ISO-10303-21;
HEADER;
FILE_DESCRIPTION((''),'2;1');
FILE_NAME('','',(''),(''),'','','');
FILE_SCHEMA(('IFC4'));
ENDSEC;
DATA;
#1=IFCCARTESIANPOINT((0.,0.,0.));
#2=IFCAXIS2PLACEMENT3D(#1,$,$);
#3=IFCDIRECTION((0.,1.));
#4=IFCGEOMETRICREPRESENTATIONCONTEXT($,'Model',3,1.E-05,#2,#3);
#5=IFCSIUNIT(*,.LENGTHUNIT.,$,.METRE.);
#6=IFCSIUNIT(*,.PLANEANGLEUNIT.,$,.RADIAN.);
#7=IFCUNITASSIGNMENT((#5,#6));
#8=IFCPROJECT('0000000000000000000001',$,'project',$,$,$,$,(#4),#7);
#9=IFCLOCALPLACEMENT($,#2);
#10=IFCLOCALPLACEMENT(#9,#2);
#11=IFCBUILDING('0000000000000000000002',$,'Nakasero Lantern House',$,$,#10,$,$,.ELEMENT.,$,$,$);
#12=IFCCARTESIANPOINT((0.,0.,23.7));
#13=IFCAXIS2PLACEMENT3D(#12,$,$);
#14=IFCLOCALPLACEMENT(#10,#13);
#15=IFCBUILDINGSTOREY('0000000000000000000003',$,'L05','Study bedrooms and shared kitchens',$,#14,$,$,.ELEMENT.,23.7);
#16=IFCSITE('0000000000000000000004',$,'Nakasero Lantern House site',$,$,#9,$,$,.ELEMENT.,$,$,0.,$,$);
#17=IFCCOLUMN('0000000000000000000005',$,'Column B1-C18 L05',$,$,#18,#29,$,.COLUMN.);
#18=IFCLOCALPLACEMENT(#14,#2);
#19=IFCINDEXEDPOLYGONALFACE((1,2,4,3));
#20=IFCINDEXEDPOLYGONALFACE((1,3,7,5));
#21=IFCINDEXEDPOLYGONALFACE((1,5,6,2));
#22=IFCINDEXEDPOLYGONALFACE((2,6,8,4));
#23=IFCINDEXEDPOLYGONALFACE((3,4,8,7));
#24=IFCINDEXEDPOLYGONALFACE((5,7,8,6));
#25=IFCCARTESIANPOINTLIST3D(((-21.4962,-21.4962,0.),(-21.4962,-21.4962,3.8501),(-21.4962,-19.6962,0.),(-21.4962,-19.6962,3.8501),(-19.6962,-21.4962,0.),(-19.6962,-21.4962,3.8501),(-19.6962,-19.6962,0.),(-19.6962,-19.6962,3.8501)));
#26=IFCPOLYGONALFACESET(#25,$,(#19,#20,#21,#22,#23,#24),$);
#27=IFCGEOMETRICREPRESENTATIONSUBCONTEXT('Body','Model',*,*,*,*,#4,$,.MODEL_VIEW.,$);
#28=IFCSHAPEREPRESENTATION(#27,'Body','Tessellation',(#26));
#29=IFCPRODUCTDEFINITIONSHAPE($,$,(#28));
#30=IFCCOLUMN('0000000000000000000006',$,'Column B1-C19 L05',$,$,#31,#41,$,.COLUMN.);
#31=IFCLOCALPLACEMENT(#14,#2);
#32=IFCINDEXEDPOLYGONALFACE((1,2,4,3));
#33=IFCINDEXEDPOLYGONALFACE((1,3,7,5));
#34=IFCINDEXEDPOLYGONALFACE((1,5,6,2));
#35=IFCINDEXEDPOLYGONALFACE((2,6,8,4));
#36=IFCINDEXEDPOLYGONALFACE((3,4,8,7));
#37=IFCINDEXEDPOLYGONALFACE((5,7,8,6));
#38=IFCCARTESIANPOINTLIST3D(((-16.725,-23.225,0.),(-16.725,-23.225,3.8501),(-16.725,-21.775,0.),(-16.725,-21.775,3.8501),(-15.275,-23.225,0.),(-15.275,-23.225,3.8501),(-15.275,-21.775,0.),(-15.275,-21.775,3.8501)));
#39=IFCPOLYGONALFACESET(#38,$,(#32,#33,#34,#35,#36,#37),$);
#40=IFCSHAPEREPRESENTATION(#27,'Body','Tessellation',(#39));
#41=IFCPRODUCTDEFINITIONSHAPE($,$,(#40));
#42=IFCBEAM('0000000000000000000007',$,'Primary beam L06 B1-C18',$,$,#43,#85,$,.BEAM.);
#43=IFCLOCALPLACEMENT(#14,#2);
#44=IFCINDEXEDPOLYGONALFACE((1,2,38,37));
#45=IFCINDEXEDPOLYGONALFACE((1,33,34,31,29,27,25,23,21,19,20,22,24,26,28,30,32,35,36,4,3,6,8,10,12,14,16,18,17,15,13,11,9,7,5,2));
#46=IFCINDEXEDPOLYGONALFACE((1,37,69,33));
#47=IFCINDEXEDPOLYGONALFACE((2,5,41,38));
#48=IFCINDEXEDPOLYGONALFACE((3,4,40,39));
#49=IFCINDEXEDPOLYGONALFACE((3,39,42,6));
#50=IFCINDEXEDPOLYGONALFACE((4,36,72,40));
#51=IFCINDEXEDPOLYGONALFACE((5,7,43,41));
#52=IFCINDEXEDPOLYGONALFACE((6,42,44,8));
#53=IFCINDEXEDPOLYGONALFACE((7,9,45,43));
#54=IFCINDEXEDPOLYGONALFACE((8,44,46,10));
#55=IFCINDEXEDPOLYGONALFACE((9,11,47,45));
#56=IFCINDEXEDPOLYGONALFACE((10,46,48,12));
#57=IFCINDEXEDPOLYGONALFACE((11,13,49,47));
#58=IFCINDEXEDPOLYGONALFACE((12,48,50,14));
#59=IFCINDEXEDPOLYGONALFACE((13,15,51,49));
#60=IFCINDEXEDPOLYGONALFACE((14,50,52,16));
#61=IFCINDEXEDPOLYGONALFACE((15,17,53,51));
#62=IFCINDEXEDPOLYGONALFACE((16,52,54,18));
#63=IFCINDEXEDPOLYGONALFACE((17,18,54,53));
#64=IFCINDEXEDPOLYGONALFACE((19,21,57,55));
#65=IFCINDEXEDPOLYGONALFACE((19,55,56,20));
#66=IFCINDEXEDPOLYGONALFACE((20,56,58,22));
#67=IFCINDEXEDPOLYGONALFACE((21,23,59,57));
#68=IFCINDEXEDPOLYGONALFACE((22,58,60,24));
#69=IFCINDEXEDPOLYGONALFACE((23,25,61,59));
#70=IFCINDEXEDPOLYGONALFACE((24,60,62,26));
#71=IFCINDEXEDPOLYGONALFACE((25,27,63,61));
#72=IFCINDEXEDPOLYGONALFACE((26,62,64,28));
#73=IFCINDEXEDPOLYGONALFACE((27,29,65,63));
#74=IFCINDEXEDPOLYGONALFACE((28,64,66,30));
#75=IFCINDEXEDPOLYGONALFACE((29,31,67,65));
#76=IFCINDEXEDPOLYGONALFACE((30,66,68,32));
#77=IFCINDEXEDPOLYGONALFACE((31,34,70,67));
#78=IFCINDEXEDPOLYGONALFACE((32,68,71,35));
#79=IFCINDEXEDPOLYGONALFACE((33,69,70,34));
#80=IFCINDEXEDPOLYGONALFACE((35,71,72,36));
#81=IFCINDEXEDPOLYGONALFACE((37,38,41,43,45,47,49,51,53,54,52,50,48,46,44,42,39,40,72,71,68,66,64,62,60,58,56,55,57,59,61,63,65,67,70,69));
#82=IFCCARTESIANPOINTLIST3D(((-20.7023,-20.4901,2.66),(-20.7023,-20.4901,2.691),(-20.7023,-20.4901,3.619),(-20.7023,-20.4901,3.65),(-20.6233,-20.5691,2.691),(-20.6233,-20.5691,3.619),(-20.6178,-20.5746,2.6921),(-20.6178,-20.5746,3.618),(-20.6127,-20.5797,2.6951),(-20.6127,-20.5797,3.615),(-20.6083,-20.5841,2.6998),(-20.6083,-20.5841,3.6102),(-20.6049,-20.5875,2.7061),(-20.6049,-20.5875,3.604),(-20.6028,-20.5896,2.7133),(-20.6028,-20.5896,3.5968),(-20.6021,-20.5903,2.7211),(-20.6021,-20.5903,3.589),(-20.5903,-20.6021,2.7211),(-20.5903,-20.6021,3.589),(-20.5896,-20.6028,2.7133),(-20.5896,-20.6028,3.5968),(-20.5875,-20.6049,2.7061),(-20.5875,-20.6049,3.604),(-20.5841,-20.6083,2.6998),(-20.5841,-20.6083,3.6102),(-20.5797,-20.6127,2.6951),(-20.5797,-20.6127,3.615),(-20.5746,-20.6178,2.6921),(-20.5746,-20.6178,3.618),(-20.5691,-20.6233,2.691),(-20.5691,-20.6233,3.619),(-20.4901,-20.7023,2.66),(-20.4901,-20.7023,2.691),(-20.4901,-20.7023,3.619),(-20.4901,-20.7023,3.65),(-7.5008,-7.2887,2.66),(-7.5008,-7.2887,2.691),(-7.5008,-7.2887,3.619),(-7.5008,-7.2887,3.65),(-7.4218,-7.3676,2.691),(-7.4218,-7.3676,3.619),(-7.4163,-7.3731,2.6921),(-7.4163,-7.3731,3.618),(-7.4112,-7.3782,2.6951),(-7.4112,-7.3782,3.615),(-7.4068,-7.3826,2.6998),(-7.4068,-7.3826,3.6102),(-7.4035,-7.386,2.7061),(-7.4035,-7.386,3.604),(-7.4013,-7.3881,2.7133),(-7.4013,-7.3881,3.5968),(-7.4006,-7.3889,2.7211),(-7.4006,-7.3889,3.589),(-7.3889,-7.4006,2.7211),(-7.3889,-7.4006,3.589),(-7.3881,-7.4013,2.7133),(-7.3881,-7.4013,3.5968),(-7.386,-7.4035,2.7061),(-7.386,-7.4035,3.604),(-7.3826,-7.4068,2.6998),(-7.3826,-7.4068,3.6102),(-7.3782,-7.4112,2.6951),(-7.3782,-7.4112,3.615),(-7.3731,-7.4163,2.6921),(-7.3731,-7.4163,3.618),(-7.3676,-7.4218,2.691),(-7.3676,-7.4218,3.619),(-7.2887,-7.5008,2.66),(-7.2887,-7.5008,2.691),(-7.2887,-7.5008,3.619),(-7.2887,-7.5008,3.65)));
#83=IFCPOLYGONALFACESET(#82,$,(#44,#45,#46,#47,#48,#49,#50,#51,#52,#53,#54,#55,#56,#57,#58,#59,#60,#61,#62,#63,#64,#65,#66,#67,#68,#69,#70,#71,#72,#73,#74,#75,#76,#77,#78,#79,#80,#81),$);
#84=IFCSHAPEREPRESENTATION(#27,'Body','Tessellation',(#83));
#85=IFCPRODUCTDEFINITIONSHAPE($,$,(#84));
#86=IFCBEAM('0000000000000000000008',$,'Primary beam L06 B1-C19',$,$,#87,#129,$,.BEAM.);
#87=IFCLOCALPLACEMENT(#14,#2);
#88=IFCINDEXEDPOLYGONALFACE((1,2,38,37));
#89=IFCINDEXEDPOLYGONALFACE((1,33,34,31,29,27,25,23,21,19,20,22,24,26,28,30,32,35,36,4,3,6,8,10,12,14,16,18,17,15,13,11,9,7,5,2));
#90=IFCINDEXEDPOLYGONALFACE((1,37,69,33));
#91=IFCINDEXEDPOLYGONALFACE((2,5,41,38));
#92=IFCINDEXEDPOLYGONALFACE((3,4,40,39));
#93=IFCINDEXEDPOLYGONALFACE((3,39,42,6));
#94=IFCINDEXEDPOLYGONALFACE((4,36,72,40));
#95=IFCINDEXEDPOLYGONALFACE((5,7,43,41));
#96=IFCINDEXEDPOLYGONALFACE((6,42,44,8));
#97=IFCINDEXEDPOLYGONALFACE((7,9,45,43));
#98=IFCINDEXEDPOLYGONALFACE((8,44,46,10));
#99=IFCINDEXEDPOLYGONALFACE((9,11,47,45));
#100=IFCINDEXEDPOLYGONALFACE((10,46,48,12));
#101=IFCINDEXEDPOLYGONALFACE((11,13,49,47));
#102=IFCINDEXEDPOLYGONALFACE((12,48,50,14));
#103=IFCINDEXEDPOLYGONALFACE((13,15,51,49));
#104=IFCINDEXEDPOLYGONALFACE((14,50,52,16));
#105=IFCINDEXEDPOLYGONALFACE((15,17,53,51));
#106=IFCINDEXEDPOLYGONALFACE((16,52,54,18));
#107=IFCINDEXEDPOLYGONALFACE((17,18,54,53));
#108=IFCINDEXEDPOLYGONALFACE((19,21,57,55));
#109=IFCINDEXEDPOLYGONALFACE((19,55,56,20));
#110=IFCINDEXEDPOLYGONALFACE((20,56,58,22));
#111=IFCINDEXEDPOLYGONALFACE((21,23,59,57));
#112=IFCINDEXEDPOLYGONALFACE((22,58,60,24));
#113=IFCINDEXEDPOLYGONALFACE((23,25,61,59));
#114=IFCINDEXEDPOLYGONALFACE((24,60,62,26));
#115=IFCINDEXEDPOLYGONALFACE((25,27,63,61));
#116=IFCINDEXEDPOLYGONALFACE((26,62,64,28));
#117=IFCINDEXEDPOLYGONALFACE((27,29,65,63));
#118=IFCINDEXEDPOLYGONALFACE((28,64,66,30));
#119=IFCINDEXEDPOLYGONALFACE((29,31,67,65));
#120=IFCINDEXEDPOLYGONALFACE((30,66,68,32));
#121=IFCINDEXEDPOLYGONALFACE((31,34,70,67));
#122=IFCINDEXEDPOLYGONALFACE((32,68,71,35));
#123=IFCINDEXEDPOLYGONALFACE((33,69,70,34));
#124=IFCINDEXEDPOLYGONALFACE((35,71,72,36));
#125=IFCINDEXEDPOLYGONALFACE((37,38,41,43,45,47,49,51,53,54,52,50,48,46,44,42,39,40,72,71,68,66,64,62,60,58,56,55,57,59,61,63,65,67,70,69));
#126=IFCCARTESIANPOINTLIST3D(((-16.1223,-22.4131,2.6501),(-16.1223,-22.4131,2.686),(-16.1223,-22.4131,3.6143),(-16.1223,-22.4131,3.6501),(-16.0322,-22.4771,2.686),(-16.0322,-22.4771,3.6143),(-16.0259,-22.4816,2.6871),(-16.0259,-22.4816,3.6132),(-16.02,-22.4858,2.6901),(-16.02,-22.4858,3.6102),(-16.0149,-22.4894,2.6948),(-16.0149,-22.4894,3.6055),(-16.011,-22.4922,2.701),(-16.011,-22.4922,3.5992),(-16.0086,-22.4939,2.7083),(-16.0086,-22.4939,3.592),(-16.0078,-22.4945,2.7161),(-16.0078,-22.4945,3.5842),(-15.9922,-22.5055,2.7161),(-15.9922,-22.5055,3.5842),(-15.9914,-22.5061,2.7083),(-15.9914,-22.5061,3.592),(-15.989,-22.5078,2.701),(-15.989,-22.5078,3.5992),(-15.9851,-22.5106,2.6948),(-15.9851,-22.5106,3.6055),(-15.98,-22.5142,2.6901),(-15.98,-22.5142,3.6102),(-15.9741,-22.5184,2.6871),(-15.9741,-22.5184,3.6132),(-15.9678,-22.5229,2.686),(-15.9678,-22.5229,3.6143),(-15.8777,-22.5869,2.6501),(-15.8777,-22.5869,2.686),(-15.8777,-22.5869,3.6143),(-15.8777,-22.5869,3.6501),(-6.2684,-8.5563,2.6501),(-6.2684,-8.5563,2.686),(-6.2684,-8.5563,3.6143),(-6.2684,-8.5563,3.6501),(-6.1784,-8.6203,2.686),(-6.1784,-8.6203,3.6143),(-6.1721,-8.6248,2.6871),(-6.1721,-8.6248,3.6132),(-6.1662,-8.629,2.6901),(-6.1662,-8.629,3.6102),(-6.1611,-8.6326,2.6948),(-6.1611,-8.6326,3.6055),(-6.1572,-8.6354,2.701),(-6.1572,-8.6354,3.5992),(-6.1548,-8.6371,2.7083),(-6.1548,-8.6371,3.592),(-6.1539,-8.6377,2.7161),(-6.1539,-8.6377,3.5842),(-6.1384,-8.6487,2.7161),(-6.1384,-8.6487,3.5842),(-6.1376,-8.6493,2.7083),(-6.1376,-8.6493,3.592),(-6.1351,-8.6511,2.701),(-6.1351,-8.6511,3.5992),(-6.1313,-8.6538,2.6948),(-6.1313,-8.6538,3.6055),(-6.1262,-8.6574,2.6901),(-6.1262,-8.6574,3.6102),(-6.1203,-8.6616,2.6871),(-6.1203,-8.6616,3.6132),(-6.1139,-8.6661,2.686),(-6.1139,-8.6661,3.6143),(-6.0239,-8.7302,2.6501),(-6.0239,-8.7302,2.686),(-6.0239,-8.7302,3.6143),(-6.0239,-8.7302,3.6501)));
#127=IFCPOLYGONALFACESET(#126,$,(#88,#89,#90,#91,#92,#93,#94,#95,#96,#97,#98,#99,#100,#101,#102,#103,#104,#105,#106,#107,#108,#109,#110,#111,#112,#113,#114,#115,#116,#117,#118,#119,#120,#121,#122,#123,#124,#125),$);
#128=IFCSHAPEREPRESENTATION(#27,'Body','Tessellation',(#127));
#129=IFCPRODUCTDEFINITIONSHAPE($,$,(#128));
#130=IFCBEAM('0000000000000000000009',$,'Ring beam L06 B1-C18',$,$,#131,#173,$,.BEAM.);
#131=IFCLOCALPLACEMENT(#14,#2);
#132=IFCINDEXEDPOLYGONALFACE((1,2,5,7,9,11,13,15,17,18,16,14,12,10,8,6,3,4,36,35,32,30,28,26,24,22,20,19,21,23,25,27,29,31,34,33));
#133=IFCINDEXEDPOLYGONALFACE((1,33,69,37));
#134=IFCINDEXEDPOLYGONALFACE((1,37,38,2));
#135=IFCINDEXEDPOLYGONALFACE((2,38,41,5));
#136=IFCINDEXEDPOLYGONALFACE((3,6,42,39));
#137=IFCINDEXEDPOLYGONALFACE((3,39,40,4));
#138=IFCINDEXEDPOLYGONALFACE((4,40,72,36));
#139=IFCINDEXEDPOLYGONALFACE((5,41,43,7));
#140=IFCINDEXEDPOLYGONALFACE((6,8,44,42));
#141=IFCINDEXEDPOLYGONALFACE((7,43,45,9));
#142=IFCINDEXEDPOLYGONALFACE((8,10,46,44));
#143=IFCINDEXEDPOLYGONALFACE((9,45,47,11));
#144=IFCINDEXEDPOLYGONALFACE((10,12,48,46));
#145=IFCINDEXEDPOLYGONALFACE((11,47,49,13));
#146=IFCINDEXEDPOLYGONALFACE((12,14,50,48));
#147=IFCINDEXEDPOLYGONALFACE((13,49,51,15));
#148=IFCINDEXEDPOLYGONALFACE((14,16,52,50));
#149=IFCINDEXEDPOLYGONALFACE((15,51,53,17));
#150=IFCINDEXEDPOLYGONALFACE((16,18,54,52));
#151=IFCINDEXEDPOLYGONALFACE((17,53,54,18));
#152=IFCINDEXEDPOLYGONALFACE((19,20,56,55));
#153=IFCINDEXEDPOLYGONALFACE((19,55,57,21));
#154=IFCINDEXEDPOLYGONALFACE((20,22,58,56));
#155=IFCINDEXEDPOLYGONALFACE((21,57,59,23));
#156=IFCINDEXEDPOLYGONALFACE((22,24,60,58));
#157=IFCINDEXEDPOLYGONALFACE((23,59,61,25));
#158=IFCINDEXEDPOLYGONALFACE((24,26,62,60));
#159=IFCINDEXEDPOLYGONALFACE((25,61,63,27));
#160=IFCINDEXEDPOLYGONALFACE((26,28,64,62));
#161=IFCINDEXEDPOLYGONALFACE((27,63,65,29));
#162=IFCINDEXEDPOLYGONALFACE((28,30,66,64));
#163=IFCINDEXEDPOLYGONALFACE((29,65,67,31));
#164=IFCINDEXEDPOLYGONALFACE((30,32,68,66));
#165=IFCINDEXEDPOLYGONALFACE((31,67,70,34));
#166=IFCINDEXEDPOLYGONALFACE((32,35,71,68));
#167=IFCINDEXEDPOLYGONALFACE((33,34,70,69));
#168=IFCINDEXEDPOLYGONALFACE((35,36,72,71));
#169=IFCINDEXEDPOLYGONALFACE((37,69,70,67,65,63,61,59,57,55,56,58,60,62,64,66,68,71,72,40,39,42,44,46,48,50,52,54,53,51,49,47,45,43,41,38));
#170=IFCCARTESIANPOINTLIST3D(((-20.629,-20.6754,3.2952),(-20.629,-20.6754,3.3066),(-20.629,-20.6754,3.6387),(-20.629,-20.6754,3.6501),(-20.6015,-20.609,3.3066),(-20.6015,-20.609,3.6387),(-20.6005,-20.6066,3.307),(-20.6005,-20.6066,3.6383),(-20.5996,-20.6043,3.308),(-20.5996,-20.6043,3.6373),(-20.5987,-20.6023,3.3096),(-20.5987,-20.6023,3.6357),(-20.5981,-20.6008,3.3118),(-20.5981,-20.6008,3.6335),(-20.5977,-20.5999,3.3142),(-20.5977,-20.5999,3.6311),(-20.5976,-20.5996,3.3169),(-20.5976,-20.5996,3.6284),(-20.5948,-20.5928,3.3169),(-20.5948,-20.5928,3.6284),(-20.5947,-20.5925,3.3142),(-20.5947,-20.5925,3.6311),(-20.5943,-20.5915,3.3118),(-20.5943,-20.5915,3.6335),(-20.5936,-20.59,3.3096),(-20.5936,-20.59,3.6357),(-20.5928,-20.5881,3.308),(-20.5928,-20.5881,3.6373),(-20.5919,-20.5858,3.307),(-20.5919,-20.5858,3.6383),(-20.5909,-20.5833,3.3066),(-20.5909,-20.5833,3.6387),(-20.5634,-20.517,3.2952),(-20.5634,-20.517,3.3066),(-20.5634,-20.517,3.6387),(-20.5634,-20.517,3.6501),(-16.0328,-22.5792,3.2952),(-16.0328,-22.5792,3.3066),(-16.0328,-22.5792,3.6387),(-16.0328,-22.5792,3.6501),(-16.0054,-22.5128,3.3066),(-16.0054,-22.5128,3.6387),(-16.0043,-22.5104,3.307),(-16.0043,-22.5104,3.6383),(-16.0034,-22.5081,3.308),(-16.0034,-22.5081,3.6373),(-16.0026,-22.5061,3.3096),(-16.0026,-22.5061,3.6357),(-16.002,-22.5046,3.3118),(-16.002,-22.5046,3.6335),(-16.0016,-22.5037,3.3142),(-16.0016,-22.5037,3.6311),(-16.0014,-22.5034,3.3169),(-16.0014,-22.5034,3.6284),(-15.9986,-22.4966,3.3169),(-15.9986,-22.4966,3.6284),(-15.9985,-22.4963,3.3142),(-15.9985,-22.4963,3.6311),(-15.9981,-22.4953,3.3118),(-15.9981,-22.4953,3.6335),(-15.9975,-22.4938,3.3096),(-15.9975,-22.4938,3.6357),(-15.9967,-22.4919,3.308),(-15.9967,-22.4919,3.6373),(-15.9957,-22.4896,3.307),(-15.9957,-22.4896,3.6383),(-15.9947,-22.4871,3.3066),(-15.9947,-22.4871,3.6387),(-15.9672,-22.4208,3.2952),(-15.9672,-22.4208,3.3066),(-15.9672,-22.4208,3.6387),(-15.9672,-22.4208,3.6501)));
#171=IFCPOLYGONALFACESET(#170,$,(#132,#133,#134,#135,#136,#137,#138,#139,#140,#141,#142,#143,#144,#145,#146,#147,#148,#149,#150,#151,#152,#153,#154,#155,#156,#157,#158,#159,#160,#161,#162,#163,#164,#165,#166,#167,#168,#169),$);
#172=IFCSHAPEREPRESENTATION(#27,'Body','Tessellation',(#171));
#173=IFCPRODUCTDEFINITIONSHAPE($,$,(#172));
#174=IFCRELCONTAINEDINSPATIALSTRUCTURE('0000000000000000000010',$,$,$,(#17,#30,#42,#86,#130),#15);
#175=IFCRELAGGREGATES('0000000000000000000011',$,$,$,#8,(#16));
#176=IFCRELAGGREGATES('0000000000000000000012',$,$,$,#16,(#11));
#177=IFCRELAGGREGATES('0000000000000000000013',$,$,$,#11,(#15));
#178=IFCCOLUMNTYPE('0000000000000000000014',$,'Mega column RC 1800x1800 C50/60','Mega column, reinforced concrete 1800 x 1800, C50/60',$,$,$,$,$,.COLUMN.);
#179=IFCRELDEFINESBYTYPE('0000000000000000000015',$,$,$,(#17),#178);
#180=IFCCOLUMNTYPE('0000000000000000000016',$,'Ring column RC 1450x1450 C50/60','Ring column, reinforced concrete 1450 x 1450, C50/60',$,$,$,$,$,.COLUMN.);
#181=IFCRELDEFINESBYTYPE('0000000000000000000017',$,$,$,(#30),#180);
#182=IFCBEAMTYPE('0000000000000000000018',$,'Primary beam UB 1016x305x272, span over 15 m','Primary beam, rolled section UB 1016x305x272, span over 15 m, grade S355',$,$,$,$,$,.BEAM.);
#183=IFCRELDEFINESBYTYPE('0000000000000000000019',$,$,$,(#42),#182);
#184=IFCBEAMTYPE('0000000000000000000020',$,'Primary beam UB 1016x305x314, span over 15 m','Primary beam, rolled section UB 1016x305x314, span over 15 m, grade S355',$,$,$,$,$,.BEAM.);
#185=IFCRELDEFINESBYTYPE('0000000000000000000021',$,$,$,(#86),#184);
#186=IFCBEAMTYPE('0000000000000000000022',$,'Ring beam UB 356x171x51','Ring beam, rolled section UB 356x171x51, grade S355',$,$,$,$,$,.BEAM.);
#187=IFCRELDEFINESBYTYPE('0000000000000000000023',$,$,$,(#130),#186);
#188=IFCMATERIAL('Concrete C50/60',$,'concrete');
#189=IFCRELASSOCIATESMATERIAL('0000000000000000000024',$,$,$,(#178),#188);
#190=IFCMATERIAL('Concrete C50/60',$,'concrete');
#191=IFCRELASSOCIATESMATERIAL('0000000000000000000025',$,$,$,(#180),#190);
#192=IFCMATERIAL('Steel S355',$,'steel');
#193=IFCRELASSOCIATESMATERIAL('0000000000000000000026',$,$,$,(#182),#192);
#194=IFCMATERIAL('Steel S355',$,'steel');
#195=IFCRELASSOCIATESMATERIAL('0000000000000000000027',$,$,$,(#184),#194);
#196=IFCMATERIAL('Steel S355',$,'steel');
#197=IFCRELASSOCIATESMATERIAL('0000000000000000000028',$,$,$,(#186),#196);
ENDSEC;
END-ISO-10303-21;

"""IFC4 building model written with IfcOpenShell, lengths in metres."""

from ifc_helpers import new_model, si_unit, direction, frame, origin, origin_2d, place, context, subcontext, project, spatial, rectangle, i_section, extrude, material, material_profile, profile_set, type_object, element, save


model = new_model("IFC4")

# Units and contexts
model_context = context("Model", 3, precision=1e-05, world=origin(), true_north=direction((0.0, 1.0)))
body_context = subcontext(model_context, "Body", "Model", "MODEL_VIEW")
ifc_project = project(units=[si_unit("LENGTHUNIT", "METRE"), si_unit("PLANEANGLEUNIT", "RADIAN")], contexts=[model_context])

# Site, building, storey
site_placement = place(None, origin())
site = spatial("IfcSite", under=ifc_project, at=site_placement, Name="Nakasero Lantern House site", CompositionType="ELEMENT", RefElevation=0.0)
building_placement = place(site_placement, origin())
building = spatial("IfcBuilding", under=site, at=building_placement, Name="Nakasero Lantern House", CompositionType="ELEMENT")
storey_placement = place(building_placement, frame((0.0, 0.0, 23.7)))
storey = spatial("IfcBuildingStorey", under=building, at=storey_placement, Name="L05", Description="Study bedrooms and shared kitchens", CompositionType="ELEMENT", Elevation=23.7)

# Columns
ifc_material_1 = material(Name="Concrete C50/60", Category="concrete")
ifc_material_profile_1 = material_profile(ifc_material_1, rectangle(XDim=1.8, YDim=1.8, at=origin_2d()), Name="RC 1800x1800")
ifc_profile_set_1 = profile_set([ifc_material_profile_1], Name="Concrete C50/60")
column_type_1 = type_object("IfcColumnType", Name="Mega column RC 1800x1800 C50/60", Description="Mega column, reinforced concrete 1800 x 1800, C50/60", PredefinedType="COLUMN", material=ifc_profile_set_1)
column_1_placement = place(storey_placement, frame((-20.5962, -20.5962, 0.0), z_axis=(0.0, 0.0, 1.0), x_axis=(1.0, 0.0, 0.0)))
element("IfcColumn", 1, at=column_1_placement, inside=storey, type_object=column_type_1, Name="Column B1-C18 L05", PredefinedType="COLUMN", context=body_context, shape_type="SweptSolid", body=[
    extrude(rectangle(XDim=1.8, YDim=1.8, at=origin_2d()), origin(), (0.0, 0.0, 1.0), 3.8501),
])
ifc_material_2 = material(Name="Concrete C50/60", Category="concrete")
ifc_material_profile_2 = material_profile(ifc_material_2, rectangle(XDim=1.45, YDim=1.45, at=origin_2d()), Name="RC 1450x1450")
ifc_profile_set_2 = profile_set([ifc_material_profile_2], Name="Concrete C50/60")
column_type_2 = type_object("IfcColumnType", Name="Ring column RC 1450x1450 C50/60", Description="Ring column, reinforced concrete 1450 x 1450, C50/60", PredefinedType="COLUMN", material=ifc_profile_set_2)
column_2_placement = place(storey_placement, frame((-16.0, -22.5, 0.0), z_axis=(0.0, 0.0, 1.0), x_axis=(1.0, 0.0, 0.0)))
element("IfcColumn", 2, at=column_2_placement, inside=storey, type_object=column_type_2, Name="Column B1-C19 L05", PredefinedType="COLUMN", context=body_context, shape_type="SweptSolid", body=[
    extrude(rectangle(XDim=1.45, YDim=1.45, at=origin_2d()), origin(), (0.0, 0.0, 1.0), 3.8501),
])

# Beams
ifc_material_3 = material(Name="Steel S355", Category="steel")
ifc_material_profile_3 = material_profile(ifc_material_3, i_section(OverallWidth=0.3, OverallDepth=0.99, WebThickness=0.0166, FlangeThickness=0.031, FilletRadius=0.03, at=origin_2d()), Name="UB 1016x305x272")
ifc_profile_set_3 = profile_set([ifc_material_profile_3], Name="Steel S355")
beam_type_1 = type_object("IfcBeamType", Name="Primary beam UB 1016x305x272, span over 15 m", Description="Primary beam, rolled section UB 1016x305x272, span over 15 m, grade S355", PredefinedType="BEAM", material=ifc_profile_set_3)
beam_1_placement = place(storey_placement, frame((-20.5962, -20.5962, 3.155), z_axis=(0.707107, 0.707107, 0.0), x_axis=(-0.707107, 0.707107, 0.0)))
element("IfcBeam", 3, at=beam_1_placement, inside=storey, type_object=beam_type_1, Name="Primary beam L06 B1-C18", PredefinedType="BEAM", context=body_context, shape_type="SweptSolid", body=[
    extrude(i_section(OverallWidth=0.3, OverallDepth=0.99, WebThickness=0.0166, FlangeThickness=0.031, FilletRadius=0.03, at=origin_2d()), origin(), (0.0, 0.0, 1.0), 18.6697),
])
ifc_material_4 = material(Name="Steel S355", Category="steel")
ifc_material_profile_4 = material_profile(ifc_material_4, i_section(OverallWidth=0.3, OverallDepth=1.0, WebThickness=0.019, FlangeThickness=0.0359, FilletRadius=0.03, at=origin_2d()), Name="UB 1016x305x314")
ifc_profile_set_4 = profile_set([ifc_material_profile_4], Name="Steel S355")
beam_type_2 = type_object("IfcBeamType", Name="Primary beam UB 1016x305x314, span over 15 m", Description="Primary beam, rolled section UB 1016x305x314, span over 15 m, grade S355", PredefinedType="BEAM", material=ifc_profile_set_4)
beam_2_placement = place(storey_placement, frame((-16.0, -22.5, 3.1501), z_axis=(0.579528, 0.814952, 0.0), x_axis=(-0.814952, 0.579528, 0.0)))
element("IfcBeam", 4, at=beam_2_placement, inside=storey, type_object=beam_type_2, Name="Primary beam L06 B1-C19", PredefinedType="BEAM", context=body_context, shape_type="SweptSolid", body=[
    extrude(i_section(OverallWidth=0.3, OverallDepth=1.0, WebThickness=0.019, FlangeThickness=0.0359, FilletRadius=0.03, at=origin_2d()), origin(), (0.0, 0.0, 1.0), 17.0032),
])
ifc_material_5 = material(Name="Steel S355", Category="steel")
ifc_material_profile_5 = material_profile(ifc_material_5, i_section(OverallWidth=0.1714, OverallDepth=0.355, WebThickness=0.0073, FlangeThickness=0.0115, FilletRadius=0.0103, at=origin_2d()), Name="UB 356x171x51")
ifc_profile_set_5 = profile_set([ifc_material_profile_5], Name="Steel S355")
beam_type_3 = type_object("IfcBeamType", Name="Ring beam UB 356x171x51", Description="Ring beam, rolled section UB 356x171x51, grade S355", PredefinedType="BEAM", material=ifc_profile_set_5)
beam_3_placement = place(storey_placement, frame((-20.5962, -20.5962, 3.4727), z_axis=(0.923879, -0.382684, 0.0), x_axis=(0.382684, 0.923879, 0.0)))
element("IfcBeam", 5, at=beam_3_placement, inside=storey, type_object=beam_type_3, Name="Ring beam L06 B1-C18", PredefinedType="BEAM", context=body_context, shape_type="SweptSolid", body=[
    extrude(i_section(OverallWidth=0.1714, OverallDepth=0.355, WebThickness=0.0073, FlangeThickness=0.0115, FilletRadius=0.0103, at=origin_2d()), origin(), (0.0, 0.0, 1.0), 4.9749),
])

save(model, "model.ifc")
